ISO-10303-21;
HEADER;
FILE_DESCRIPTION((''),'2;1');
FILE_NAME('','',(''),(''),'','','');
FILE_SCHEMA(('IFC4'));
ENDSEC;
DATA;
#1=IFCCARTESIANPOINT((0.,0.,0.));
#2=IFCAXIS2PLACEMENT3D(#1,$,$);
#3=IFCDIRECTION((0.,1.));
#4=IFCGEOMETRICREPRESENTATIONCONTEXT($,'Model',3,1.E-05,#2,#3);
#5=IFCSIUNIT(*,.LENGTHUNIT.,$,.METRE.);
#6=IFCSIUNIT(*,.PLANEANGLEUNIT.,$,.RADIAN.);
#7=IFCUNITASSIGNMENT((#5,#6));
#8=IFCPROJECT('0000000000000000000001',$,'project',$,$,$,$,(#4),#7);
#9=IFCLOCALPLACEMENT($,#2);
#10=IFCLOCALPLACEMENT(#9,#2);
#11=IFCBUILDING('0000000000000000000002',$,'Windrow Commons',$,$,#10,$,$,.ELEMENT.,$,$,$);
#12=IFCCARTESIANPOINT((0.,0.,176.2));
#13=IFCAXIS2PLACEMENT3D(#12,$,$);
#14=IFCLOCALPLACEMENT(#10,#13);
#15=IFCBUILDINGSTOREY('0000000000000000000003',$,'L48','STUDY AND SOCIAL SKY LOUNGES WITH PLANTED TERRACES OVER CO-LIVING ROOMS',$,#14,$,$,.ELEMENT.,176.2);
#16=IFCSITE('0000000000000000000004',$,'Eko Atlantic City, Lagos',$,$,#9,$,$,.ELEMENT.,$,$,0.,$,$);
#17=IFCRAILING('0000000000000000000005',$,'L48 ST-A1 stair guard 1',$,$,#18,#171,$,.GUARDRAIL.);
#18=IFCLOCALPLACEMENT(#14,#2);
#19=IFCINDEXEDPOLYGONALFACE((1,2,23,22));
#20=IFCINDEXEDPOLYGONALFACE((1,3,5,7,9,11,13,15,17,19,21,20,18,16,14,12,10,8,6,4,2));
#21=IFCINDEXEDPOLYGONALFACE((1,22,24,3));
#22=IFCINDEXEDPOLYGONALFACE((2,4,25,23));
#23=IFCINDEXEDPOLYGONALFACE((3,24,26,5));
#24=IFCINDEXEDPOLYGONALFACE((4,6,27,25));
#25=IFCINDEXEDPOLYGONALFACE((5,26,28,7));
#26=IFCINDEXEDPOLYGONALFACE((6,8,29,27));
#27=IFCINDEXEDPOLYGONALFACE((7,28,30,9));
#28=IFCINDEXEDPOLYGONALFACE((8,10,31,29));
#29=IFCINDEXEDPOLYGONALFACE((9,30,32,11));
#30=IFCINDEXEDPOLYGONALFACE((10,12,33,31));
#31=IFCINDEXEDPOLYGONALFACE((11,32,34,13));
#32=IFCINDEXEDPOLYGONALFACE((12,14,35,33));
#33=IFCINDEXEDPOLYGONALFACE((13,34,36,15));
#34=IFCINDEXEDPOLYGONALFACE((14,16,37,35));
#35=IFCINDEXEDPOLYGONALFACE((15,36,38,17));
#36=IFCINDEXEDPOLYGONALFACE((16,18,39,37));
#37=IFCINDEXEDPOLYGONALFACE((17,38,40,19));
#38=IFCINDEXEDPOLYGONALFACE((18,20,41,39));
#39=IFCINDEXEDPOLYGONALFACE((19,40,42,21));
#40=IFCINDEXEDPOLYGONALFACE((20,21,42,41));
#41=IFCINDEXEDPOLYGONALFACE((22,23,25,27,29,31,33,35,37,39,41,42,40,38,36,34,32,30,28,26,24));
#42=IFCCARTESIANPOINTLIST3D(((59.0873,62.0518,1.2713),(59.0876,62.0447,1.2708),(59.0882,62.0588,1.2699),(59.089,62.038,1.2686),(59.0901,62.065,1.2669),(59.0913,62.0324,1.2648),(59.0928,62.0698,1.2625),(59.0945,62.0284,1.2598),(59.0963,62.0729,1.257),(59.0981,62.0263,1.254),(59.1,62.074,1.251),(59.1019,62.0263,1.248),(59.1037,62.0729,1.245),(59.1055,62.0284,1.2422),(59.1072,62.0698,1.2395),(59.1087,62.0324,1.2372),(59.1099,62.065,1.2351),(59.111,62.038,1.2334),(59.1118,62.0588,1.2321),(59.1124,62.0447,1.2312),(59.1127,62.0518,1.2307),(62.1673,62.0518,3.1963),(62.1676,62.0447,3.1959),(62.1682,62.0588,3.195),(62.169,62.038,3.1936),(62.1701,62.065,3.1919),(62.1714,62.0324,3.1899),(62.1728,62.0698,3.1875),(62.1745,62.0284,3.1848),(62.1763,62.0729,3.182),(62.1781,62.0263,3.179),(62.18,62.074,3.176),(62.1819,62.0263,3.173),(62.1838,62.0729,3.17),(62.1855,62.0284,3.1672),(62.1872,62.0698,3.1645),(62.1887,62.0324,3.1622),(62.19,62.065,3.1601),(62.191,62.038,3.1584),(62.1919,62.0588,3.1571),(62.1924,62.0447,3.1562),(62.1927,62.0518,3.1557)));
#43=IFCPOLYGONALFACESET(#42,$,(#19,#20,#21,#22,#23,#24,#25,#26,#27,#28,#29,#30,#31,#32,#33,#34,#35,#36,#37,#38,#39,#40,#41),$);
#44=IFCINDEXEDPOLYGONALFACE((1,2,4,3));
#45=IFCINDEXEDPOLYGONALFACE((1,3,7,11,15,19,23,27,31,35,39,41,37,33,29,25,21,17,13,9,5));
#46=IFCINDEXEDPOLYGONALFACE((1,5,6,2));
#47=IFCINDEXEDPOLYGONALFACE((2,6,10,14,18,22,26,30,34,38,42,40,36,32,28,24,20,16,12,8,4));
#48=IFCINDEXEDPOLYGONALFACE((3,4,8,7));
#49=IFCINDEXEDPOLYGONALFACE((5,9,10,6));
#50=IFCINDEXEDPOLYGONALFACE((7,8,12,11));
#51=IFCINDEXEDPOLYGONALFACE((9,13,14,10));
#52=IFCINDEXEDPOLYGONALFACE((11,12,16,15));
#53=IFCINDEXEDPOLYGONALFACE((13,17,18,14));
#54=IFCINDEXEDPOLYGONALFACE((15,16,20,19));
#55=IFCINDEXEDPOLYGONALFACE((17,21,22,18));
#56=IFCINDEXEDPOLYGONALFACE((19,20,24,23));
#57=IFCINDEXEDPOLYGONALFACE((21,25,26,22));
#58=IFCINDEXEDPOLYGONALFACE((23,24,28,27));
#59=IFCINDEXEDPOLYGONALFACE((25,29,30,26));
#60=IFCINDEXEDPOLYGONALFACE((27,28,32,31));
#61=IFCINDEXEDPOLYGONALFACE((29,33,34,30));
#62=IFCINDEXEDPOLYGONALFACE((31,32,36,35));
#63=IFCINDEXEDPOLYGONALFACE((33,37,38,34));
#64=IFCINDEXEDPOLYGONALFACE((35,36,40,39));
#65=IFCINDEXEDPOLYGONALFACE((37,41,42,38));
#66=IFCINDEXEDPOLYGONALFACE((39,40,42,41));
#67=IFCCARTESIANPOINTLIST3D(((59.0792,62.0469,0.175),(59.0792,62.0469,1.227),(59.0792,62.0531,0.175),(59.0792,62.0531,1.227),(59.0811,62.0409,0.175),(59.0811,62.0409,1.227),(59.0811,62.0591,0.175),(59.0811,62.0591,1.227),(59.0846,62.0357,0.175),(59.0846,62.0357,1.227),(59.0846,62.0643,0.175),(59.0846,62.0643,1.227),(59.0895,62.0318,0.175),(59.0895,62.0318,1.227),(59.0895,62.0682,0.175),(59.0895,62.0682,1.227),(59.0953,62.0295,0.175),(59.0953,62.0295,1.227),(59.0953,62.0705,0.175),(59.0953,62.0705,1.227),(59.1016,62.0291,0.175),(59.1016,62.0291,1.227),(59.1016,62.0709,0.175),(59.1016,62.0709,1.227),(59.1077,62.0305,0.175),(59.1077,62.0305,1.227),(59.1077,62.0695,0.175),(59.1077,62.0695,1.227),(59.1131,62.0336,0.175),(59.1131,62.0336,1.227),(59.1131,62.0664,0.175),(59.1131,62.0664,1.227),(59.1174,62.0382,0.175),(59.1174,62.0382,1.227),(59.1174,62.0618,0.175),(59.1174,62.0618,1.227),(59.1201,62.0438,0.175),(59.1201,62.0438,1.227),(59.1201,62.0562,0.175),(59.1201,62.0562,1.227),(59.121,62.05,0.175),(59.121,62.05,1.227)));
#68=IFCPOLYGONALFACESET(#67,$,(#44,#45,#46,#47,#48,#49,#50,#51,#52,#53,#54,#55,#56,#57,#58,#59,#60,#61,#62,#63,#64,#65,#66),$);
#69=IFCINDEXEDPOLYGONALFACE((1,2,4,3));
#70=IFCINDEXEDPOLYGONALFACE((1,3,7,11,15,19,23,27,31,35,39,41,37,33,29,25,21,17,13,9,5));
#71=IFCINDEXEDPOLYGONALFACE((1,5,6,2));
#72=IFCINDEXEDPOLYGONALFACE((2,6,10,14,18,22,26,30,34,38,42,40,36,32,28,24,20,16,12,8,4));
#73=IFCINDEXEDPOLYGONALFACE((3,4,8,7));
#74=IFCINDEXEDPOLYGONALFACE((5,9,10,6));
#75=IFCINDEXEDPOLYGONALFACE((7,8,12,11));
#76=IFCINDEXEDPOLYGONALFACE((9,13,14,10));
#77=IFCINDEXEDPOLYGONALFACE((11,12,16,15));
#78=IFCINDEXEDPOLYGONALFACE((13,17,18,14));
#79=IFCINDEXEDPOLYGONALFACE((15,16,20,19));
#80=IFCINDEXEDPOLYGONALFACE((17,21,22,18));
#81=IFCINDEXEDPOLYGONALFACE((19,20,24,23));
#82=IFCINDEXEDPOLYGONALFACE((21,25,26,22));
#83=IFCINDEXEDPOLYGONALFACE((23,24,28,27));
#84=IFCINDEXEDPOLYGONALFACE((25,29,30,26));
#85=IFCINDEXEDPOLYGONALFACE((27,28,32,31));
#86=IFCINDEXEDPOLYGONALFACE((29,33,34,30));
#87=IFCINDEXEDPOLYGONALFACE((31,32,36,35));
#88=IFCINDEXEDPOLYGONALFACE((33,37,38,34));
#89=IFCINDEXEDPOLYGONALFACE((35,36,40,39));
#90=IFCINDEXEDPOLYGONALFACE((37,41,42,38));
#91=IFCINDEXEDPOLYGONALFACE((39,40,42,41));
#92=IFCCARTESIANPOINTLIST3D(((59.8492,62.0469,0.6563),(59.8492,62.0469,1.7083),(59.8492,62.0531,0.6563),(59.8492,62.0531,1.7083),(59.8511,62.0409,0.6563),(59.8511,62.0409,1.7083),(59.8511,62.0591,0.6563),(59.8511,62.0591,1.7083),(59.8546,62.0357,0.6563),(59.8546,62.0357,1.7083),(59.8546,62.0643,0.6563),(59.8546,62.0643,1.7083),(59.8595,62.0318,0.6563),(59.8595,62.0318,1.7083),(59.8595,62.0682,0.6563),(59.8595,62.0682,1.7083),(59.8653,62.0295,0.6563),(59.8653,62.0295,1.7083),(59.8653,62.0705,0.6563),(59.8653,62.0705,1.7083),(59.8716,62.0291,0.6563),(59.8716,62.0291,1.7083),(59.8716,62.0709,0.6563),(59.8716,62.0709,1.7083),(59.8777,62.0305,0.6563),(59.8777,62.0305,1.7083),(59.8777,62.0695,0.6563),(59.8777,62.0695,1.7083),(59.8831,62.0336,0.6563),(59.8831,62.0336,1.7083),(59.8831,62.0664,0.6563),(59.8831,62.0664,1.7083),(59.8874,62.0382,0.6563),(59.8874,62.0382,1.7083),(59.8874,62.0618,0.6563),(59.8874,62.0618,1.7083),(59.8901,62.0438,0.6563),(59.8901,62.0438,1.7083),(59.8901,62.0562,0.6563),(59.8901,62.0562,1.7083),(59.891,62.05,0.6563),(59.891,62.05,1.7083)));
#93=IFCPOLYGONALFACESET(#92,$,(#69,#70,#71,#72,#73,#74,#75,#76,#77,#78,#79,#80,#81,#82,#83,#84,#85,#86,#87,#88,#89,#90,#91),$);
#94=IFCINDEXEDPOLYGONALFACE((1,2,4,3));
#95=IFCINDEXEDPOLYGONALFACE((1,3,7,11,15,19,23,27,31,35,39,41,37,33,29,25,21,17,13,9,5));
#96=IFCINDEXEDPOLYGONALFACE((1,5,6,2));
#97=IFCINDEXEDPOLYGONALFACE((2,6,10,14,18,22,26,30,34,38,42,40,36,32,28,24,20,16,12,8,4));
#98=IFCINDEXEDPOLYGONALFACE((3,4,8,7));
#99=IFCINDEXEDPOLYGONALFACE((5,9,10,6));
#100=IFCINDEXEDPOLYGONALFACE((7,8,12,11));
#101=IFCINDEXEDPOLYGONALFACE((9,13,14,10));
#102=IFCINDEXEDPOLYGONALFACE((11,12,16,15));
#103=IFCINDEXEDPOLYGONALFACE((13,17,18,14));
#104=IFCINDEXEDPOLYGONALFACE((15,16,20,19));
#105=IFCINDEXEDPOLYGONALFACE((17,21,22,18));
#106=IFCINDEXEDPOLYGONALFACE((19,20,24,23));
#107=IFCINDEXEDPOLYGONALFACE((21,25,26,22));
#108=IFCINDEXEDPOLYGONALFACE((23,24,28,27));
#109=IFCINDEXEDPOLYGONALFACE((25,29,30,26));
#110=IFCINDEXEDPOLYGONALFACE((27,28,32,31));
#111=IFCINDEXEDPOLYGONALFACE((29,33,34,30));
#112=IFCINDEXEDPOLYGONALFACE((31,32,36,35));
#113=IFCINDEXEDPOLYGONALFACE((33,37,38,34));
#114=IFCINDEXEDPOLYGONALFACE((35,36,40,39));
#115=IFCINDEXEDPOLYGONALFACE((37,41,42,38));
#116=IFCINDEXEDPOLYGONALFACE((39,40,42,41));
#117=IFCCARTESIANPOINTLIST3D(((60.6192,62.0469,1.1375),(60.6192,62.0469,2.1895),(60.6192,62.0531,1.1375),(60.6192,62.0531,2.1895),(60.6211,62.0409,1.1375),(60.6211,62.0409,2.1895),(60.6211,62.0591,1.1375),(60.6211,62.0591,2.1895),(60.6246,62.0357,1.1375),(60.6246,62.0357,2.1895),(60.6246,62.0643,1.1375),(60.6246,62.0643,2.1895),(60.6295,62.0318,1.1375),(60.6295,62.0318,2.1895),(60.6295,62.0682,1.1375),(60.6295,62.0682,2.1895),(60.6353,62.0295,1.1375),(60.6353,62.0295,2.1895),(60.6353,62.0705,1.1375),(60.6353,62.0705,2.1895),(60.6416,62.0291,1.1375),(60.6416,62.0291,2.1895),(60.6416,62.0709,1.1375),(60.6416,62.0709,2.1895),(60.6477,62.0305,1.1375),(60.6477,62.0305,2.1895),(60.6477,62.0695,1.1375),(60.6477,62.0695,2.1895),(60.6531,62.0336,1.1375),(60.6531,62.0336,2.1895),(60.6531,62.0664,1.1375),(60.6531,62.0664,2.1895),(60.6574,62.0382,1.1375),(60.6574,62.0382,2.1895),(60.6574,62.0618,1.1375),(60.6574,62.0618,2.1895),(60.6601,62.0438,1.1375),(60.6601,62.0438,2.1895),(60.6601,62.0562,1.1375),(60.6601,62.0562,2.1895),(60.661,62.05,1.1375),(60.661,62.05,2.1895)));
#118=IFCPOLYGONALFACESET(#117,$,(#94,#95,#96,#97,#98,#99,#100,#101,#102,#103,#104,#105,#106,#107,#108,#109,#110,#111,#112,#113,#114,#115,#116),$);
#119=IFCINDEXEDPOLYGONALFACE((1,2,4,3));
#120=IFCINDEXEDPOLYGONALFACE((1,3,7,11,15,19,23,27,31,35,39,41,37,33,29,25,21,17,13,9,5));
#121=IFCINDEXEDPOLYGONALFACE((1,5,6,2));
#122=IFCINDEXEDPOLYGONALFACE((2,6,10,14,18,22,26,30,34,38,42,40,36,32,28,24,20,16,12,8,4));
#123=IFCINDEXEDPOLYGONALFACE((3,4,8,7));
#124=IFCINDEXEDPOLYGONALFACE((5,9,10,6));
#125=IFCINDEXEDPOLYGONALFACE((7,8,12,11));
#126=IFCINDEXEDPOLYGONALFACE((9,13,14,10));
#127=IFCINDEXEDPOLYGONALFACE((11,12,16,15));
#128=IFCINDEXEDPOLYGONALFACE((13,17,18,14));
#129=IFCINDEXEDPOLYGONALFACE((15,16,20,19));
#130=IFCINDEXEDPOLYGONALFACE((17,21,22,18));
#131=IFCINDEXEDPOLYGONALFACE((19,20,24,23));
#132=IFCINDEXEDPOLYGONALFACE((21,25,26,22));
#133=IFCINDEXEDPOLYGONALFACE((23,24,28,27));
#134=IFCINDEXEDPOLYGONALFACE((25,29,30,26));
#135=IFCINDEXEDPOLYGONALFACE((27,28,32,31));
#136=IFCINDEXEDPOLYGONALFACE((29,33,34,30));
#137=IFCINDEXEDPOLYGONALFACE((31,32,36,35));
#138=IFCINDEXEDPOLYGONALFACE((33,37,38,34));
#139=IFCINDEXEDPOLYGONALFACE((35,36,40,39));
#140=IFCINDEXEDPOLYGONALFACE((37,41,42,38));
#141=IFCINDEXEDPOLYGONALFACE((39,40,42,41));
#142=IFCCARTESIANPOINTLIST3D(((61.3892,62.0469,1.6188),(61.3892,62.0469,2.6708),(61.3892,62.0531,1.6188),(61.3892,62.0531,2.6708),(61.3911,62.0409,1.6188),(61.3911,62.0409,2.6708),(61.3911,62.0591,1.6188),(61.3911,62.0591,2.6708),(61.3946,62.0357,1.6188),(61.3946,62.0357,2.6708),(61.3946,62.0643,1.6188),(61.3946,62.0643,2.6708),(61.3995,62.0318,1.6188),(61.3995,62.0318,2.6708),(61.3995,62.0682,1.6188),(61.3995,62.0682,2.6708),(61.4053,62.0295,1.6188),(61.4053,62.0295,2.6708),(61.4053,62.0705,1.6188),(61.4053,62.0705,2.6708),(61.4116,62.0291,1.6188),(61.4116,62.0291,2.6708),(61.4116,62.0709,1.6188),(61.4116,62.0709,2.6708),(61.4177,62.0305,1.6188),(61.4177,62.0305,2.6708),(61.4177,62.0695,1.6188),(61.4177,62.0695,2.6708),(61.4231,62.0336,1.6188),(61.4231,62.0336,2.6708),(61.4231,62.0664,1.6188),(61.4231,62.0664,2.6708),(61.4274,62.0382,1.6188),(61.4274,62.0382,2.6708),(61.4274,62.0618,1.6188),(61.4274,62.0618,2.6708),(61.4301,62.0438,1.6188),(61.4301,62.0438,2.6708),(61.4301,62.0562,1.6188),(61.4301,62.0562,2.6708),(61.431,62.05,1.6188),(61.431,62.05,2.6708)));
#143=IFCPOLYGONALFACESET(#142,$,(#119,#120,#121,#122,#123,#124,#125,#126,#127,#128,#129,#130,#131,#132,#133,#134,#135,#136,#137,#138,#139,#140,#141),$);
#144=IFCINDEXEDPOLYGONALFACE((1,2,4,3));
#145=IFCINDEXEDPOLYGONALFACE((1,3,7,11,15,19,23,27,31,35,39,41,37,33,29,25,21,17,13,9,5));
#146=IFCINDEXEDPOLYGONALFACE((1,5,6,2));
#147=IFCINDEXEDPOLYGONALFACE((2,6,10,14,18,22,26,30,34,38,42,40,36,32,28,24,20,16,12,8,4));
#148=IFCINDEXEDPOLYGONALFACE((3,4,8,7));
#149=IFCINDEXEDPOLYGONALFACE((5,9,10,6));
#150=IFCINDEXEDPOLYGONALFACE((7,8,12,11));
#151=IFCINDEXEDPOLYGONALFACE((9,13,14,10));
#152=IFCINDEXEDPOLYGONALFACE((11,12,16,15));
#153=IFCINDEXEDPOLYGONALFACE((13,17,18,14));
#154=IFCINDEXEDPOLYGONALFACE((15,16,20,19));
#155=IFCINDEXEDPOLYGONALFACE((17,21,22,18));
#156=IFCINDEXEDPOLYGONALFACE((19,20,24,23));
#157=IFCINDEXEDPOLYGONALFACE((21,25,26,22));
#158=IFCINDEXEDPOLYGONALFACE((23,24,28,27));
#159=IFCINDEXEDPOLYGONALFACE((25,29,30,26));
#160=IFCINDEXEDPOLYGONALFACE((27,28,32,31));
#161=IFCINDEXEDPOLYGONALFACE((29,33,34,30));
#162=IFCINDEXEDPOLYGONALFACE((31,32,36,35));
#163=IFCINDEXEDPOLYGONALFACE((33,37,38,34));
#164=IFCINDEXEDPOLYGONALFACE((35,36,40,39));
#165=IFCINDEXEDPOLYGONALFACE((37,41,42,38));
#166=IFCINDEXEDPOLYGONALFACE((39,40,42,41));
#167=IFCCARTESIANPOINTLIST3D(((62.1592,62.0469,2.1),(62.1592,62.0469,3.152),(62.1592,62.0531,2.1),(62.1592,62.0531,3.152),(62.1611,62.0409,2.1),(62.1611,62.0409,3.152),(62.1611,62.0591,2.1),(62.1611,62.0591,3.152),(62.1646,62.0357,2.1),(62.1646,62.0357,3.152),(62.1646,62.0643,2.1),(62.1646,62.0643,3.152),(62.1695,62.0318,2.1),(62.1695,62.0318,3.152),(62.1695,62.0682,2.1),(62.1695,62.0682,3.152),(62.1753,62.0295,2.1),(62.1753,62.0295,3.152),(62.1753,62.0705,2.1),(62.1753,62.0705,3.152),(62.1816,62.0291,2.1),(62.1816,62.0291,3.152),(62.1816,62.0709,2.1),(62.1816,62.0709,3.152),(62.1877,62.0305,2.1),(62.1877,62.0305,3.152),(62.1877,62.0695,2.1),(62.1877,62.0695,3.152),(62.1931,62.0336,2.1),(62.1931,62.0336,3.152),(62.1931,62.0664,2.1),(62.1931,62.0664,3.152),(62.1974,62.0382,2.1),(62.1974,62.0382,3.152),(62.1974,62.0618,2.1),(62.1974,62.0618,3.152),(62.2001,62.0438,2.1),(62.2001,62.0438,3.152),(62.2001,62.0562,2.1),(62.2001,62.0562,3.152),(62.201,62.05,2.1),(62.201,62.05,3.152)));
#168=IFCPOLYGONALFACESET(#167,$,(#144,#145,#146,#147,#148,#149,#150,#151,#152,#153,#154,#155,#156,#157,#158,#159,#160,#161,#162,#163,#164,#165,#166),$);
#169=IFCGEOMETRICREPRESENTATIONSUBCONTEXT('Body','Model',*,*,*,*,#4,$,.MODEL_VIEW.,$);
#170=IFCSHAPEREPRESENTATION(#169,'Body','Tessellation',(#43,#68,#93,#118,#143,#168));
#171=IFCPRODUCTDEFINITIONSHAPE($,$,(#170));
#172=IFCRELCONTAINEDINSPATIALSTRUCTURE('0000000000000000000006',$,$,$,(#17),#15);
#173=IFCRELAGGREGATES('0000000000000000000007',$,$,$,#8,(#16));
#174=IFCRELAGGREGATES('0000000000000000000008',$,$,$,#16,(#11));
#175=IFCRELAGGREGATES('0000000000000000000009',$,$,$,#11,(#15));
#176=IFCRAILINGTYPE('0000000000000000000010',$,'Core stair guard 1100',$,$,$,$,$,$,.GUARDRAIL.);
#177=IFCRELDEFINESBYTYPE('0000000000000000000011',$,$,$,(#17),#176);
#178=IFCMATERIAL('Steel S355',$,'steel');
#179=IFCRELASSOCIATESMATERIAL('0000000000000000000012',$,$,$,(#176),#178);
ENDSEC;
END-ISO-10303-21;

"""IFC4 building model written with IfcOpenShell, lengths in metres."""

from ifc_helpers import new_model, si_unit, direction, frame, origin, origin_2d, place, context, subcontext, project, spatial, circle, extrude, material, type_object, element, save


model = new_model("IFC4")

# Units and contexts
model_context = context("Model", 3, precision=1e-05, world=origin(), true_north=direction((0.0, 1.0)))
body_context = subcontext(model_context, "Body", "Model", "MODEL_VIEW")
ifc_project = project(units=[si_unit("LENGTHUNIT", "METRE"), si_unit("PLANEANGLEUNIT", "RADIAN")], contexts=[model_context])

# Site, building, storey
site_placement = place(None, origin())
site = spatial("IfcSite", under=ifc_project, at=site_placement, Name="Eko Atlantic City, Lagos", CompositionType="ELEMENT", RefElevation=0.0)
building_placement = place(site_placement, origin())
building = spatial("IfcBuilding", under=site, at=building_placement, Name="Windrow Commons", CompositionType="ELEMENT")
storey_placement = place(building_placement, frame((0.0, 0.0, 176.2)))
storey = spatial("IfcBuildingStorey", under=building, at=storey_placement, Name="L48", Description="STUDY AND SOCIAL SKY LOUNGES WITH PLANTED TERRACES OVER CO-LIVING ROOMS", CompositionType="ELEMENT", Elevation=176.2)

# Railing
ifc_material_1 = material(Name="Steel S355", Category="steel")
railing_type_1 = type_object("IfcRailingType", Name="Core stair guard 1100", PredefinedType="GUARDRAIL", material=ifc_material_1)
railing_1_placement = place(storey_placement, frame((59.1, 62.05, 0.175)))
element("IfcRailing", 1, at=railing_1_placement, inside=storey, type_object=railing_type_1, Name="L48 ST-A1 stair guard 1", PredefinedType="GUARDRAIL", context=body_context, shape_type="SweptSolid", body=[
    extrude(circle(Radius=0.024, at=origin_2d()), frame((0.0, 0.0, 1.076), z_axis=(0.847998, 0.0, 0.529999), x_axis=(0.0, 1.0, 0.0)), (0.0, 0.0, 1.0), 3.6321),
    extrude(circle(Radius=0.021, at=origin_2d()), origin(), (0.0, 0.0, 1.0), 1.052),
    extrude(circle(Radius=0.021, at=origin_2d()), frame((0.77, 0.0, 0.4813)), (0.0, 0.0, 1.0), 1.052),
    extrude(circle(Radius=0.021, at=origin_2d()), frame((1.54, 0.0, 0.9625)), (0.0, 0.0, 1.0), 1.052),
    extrude(circle(Radius=0.021, at=origin_2d()), frame((2.31, 0.0, 1.4438)), (0.0, 0.0, 1.0), 1.052),
    extrude(circle(Radius=0.021, at=origin_2d()), frame((3.08, 0.0, 1.925)), (0.0, 0.0, 1.0), 1.052),
])

save(model, "model.ifc")
